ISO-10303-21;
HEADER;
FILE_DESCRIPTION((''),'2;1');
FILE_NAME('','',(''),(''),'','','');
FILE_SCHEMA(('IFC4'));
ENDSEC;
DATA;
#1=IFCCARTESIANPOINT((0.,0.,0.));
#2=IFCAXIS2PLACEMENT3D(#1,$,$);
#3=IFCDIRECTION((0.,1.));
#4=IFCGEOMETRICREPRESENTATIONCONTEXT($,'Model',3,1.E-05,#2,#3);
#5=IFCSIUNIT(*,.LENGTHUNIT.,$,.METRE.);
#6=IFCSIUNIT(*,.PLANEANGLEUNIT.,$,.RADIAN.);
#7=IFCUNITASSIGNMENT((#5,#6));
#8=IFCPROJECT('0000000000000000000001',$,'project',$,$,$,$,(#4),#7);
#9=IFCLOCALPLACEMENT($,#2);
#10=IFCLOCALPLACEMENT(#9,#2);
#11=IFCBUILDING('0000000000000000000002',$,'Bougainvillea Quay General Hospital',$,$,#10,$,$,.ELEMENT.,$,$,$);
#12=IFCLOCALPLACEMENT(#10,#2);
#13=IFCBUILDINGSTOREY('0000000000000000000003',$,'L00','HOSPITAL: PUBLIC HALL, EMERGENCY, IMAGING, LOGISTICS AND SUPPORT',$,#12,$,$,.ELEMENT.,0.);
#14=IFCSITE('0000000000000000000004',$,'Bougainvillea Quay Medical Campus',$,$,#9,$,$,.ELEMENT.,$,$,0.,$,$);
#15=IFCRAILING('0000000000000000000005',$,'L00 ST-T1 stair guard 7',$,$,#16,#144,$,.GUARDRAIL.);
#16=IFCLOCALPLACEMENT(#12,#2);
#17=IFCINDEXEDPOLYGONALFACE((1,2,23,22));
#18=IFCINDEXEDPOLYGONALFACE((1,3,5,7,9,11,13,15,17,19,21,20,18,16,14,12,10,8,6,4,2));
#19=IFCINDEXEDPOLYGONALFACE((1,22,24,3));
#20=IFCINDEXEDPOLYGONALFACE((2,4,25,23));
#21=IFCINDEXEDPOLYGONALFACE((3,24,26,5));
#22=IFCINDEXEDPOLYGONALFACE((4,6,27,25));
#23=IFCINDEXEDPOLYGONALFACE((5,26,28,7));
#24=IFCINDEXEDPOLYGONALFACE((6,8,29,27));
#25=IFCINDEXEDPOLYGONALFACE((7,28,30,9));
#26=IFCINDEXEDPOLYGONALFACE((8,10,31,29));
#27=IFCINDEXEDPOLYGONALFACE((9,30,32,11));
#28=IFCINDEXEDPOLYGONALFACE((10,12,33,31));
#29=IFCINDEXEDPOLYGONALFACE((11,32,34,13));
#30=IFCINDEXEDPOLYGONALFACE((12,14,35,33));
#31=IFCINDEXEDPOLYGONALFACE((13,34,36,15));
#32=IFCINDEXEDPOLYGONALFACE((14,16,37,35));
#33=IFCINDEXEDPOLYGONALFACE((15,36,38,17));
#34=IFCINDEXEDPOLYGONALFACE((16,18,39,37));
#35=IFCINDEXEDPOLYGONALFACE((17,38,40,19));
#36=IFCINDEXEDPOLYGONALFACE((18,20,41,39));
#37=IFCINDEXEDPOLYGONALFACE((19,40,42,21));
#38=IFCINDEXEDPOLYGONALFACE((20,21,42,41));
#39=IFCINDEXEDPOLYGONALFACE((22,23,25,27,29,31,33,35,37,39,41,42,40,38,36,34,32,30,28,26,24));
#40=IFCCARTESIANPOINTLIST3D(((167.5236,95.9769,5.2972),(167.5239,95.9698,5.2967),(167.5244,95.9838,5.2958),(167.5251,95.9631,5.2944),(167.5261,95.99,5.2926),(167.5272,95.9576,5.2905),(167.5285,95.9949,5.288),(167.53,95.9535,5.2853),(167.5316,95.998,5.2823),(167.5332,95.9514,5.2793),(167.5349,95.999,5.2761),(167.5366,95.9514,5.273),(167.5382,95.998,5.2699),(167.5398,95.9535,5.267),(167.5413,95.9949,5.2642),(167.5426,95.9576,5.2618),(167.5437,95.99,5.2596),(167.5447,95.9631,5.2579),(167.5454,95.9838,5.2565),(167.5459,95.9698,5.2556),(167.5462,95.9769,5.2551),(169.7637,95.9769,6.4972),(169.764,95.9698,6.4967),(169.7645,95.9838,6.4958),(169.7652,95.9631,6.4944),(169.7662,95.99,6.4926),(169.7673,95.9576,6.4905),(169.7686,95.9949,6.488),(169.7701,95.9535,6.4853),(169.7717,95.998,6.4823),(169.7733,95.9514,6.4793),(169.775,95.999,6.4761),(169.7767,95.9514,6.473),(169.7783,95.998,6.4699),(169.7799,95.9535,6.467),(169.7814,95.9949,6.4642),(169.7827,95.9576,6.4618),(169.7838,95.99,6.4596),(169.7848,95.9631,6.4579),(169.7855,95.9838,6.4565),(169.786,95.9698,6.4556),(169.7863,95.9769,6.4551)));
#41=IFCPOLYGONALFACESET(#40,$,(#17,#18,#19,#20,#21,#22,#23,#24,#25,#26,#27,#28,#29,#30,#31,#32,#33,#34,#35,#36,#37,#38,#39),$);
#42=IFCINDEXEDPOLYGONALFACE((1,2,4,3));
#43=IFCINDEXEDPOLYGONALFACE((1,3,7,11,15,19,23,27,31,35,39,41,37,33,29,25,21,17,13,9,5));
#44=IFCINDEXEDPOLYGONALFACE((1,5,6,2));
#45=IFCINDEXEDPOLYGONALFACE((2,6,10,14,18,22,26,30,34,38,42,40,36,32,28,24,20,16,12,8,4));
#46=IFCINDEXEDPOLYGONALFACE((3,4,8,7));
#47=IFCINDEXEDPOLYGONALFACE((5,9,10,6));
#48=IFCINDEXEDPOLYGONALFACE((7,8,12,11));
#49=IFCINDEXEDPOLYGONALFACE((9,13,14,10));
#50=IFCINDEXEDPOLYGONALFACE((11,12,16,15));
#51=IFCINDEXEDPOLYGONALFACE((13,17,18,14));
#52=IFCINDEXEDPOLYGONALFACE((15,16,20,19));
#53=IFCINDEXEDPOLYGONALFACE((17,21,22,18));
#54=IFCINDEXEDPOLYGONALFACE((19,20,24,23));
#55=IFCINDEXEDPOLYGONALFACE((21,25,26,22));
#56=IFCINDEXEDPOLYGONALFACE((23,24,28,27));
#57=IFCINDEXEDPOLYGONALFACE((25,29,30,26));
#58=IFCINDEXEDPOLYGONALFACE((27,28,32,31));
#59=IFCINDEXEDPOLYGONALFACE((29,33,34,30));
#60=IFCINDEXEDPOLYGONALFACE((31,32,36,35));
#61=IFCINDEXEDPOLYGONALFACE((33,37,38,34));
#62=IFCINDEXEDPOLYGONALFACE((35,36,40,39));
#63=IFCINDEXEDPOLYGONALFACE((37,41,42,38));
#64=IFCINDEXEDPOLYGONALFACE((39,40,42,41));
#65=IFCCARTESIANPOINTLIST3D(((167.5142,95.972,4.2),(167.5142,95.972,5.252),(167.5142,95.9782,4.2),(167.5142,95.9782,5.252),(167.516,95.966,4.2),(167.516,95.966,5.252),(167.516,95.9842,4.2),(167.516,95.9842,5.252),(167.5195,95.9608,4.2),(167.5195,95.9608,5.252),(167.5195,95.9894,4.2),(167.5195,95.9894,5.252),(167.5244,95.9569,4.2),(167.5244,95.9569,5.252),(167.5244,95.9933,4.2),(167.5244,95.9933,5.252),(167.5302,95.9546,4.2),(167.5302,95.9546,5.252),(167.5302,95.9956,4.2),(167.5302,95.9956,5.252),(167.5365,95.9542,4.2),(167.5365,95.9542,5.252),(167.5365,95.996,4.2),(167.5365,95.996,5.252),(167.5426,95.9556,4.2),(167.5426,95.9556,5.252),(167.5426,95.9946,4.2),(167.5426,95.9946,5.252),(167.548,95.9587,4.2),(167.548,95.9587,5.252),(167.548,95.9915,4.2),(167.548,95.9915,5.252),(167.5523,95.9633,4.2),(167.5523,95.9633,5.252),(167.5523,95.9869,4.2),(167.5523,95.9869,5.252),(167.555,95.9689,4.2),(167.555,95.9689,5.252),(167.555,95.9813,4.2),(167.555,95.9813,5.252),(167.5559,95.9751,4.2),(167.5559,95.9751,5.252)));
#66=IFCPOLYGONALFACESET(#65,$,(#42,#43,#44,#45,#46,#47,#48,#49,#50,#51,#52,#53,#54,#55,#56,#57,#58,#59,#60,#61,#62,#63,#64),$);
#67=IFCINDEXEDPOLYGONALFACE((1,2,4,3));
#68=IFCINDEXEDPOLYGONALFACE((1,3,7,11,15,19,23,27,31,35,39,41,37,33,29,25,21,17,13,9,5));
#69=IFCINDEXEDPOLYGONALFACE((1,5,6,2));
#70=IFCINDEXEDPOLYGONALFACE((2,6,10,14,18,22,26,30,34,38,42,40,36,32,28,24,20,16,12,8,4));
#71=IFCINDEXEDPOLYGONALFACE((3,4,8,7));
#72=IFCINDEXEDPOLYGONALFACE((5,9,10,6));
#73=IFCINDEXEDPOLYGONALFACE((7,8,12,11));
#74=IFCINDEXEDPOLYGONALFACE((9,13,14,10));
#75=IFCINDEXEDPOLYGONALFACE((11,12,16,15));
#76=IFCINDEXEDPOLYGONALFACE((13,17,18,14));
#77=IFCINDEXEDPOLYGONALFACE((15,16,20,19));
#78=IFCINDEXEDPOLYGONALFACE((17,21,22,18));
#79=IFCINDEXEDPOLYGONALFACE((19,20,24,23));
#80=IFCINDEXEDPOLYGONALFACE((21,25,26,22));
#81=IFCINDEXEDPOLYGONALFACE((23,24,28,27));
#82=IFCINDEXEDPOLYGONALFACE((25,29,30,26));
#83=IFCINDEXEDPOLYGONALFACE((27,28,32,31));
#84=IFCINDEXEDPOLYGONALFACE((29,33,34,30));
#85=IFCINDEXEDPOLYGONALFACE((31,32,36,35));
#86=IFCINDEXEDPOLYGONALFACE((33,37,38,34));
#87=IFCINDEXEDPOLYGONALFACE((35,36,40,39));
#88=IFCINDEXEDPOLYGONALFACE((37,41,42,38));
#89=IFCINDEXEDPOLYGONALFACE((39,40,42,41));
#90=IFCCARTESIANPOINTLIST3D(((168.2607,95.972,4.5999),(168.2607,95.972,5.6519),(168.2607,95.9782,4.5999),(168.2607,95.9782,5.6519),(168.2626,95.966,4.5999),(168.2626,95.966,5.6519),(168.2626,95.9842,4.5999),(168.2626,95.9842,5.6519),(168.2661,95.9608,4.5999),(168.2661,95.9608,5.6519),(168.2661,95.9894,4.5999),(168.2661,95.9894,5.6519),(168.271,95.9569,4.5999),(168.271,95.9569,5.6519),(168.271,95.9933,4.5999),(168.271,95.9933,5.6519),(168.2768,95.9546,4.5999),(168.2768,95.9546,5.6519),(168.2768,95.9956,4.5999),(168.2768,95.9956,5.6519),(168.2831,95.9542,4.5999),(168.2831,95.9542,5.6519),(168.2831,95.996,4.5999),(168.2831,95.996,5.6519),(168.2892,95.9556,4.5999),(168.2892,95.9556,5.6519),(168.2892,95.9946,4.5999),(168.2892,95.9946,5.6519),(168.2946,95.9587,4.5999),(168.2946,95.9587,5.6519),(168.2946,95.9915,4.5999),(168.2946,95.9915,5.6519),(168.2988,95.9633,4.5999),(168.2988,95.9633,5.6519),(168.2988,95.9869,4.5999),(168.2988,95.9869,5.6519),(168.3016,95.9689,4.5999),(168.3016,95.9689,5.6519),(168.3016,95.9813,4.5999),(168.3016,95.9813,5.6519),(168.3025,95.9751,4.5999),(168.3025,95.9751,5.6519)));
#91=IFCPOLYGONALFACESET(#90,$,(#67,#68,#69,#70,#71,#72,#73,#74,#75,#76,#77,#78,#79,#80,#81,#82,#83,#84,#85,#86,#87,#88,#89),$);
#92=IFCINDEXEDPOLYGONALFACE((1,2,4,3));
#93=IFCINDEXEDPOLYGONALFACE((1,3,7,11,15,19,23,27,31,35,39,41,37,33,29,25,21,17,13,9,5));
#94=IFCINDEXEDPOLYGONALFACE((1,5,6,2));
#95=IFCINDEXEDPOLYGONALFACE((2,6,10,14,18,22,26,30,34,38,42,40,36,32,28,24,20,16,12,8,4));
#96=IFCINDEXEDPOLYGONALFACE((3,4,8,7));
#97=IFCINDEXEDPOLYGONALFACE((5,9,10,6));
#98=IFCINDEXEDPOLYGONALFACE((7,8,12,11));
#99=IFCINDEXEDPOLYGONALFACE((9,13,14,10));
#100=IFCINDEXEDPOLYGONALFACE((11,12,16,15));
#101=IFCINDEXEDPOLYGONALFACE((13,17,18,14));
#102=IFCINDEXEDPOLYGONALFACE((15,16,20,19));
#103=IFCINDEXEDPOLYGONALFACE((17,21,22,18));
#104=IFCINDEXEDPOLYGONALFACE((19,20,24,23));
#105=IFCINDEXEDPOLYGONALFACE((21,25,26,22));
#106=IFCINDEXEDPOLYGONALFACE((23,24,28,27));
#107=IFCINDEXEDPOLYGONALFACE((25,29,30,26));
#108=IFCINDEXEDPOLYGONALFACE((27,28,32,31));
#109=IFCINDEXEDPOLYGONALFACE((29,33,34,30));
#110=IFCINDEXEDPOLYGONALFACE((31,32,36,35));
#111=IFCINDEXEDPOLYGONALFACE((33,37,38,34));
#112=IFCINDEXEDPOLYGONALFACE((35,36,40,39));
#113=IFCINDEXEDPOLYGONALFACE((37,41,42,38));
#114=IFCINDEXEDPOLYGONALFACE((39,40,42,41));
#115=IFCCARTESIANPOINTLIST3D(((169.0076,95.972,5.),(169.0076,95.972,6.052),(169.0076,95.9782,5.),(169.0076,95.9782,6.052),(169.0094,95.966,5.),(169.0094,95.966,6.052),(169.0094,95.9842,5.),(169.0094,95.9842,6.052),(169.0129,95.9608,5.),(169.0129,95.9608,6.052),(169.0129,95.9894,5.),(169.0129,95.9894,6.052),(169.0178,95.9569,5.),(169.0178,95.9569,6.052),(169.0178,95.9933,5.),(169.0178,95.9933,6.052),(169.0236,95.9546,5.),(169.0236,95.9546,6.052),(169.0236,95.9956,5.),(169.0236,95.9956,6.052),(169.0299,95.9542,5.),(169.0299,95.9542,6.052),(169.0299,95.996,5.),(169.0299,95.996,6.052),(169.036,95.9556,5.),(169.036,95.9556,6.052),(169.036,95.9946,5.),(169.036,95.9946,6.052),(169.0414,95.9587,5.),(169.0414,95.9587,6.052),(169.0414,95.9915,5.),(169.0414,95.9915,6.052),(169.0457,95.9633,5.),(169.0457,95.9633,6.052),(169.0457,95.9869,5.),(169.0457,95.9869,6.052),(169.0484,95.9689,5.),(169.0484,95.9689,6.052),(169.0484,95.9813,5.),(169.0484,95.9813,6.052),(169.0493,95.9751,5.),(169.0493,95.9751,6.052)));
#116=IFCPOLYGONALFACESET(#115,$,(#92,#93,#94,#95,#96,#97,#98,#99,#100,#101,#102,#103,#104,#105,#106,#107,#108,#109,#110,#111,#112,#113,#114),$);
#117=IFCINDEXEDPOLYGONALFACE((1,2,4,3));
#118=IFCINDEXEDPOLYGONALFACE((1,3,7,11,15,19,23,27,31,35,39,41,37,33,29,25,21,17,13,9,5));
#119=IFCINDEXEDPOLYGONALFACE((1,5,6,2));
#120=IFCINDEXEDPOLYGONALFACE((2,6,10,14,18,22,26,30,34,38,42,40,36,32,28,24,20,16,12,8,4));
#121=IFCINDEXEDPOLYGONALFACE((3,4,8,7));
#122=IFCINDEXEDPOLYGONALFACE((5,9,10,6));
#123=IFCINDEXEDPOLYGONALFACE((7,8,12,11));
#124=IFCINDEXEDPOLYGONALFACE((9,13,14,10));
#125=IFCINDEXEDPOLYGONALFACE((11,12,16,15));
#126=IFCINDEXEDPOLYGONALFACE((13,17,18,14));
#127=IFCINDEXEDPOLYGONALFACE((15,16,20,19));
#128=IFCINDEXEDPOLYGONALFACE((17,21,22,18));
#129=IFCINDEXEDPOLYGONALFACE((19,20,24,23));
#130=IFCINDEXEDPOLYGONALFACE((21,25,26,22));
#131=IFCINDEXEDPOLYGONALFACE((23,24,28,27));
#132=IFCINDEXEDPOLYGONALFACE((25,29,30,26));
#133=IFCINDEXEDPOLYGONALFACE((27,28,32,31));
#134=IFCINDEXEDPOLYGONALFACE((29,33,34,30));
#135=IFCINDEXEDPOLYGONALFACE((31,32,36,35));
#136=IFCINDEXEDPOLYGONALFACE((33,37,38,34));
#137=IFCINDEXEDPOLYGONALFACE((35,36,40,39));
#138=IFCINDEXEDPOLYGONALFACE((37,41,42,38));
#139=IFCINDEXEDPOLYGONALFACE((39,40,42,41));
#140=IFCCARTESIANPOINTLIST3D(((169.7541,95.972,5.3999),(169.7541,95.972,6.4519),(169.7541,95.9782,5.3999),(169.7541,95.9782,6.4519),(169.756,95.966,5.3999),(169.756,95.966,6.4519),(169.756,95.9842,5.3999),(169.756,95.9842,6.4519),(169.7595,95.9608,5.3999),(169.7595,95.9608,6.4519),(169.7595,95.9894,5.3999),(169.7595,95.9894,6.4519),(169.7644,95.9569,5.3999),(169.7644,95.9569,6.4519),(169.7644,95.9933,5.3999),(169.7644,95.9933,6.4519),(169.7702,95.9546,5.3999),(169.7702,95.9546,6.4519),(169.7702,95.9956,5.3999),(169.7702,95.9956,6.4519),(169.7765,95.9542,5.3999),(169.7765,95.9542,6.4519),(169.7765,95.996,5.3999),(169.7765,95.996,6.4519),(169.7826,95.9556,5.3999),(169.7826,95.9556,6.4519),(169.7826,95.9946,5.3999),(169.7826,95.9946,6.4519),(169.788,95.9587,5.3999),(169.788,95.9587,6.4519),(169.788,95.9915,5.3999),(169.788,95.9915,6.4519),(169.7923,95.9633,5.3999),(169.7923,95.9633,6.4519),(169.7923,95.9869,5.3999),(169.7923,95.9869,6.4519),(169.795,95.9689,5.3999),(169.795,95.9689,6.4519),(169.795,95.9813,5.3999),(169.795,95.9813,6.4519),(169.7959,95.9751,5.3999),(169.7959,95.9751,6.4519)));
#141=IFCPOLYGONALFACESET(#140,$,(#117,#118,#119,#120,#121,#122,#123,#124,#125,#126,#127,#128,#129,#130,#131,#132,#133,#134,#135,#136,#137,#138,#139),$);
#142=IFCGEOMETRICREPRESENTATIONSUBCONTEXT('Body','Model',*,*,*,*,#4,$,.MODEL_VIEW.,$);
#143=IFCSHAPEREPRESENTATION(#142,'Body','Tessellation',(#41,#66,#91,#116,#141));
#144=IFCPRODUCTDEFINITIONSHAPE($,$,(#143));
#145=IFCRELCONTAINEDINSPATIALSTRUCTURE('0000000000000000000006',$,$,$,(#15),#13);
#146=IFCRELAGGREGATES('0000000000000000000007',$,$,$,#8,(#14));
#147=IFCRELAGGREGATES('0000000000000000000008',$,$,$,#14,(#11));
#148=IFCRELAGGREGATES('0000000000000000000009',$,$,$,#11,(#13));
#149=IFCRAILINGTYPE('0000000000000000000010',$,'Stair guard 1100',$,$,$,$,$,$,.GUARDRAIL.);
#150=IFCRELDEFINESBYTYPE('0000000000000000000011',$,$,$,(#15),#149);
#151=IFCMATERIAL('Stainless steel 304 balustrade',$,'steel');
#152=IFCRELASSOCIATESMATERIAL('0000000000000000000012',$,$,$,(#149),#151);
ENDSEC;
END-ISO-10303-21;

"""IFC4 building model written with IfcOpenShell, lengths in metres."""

from ifc_helpers import new_model, si_unit, direction, frame, origin, origin_2d, place, context, subcontext, project, spatial, circle, extrude, material, type_object, element, save


model = new_model("IFC4")

# Units and contexts
model_context = context("Model", 3, precision=1e-05, world=origin(), true_north=direction((0.0, 1.0)))
body_context = subcontext(model_context, "Body", "Model", "MODEL_VIEW")
ifc_project = project(units=[si_unit("LENGTHUNIT", "METRE"), si_unit("PLANEANGLEUNIT", "RADIAN")], contexts=[model_context])

# Site, building, storey
site_placement = place(None, origin())
site = spatial("IfcSite", under=ifc_project, at=site_placement, Name="Bougainvillea Quay Medical Campus", CompositionType="ELEMENT", RefElevation=0.0)
building_placement = place(site_placement, origin())
building = spatial("IfcBuilding", under=site, at=building_placement, Name="Bougainvillea Quay General Hospital", CompositionType="ELEMENT")
storey_placement = place(building_placement, origin())
storey = spatial("IfcBuildingStorey", under=building, at=storey_placement, Name="L00", Description="HOSPITAL: PUBLIC HALL, EMERGENCY, IMAGING, LOGISTICS AND SUPPORT", CompositionType="ELEMENT", Elevation=0.0)

# Railing
ifc_material_1 = material(Name="Stainless steel 304 balustrade", Category="steel")
railing_type_1 = type_object("IfcRailingType", Name="Stair guard 1100", PredefinedType="GUARDRAIL", material=ifc_material_1)
railing_1_placement = place(storey_placement, frame((167.5349, 95.9751, 4.2)))
element("IfcRailing", 1, at=railing_1_placement, inside=storey, type_object=railing_type_1, Name="L00 ST-T1 stair guard 7", PredefinedType="GUARDRAIL", context=body_context, shape_type="SweptSolid", body=[
    extrude(circle(Radius=0.0239, at=origin_2d()), frame((0.0, 0.0, 1.0762), z_axis=(0.881487, 0.0, 0.472208), x_axis=(0.0, 1.0, 0.0)), (0.0, 0.0, 1.0), 2.5413),
    extrude(circle(Radius=0.021, at=origin_2d()), origin(), (0.0, 0.0, 1.0), 1.052),
    extrude(circle(Radius=0.021, at=origin_2d()), frame((0.7466, 0.0, 0.3999)), (0.0, 0.0, 1.0), 1.052),
    extrude(circle(Radius=0.021, at=origin_2d()), frame((1.4934, 0.0, 0.8)), (0.0, 0.0, 1.0), 1.052),
    extrude(circle(Radius=0.021, at=origin_2d()), frame((2.24, 0.0, 1.2)), (0.0, 0.0, 1.0), 1.052),
])

save(model, "model.ifc")
